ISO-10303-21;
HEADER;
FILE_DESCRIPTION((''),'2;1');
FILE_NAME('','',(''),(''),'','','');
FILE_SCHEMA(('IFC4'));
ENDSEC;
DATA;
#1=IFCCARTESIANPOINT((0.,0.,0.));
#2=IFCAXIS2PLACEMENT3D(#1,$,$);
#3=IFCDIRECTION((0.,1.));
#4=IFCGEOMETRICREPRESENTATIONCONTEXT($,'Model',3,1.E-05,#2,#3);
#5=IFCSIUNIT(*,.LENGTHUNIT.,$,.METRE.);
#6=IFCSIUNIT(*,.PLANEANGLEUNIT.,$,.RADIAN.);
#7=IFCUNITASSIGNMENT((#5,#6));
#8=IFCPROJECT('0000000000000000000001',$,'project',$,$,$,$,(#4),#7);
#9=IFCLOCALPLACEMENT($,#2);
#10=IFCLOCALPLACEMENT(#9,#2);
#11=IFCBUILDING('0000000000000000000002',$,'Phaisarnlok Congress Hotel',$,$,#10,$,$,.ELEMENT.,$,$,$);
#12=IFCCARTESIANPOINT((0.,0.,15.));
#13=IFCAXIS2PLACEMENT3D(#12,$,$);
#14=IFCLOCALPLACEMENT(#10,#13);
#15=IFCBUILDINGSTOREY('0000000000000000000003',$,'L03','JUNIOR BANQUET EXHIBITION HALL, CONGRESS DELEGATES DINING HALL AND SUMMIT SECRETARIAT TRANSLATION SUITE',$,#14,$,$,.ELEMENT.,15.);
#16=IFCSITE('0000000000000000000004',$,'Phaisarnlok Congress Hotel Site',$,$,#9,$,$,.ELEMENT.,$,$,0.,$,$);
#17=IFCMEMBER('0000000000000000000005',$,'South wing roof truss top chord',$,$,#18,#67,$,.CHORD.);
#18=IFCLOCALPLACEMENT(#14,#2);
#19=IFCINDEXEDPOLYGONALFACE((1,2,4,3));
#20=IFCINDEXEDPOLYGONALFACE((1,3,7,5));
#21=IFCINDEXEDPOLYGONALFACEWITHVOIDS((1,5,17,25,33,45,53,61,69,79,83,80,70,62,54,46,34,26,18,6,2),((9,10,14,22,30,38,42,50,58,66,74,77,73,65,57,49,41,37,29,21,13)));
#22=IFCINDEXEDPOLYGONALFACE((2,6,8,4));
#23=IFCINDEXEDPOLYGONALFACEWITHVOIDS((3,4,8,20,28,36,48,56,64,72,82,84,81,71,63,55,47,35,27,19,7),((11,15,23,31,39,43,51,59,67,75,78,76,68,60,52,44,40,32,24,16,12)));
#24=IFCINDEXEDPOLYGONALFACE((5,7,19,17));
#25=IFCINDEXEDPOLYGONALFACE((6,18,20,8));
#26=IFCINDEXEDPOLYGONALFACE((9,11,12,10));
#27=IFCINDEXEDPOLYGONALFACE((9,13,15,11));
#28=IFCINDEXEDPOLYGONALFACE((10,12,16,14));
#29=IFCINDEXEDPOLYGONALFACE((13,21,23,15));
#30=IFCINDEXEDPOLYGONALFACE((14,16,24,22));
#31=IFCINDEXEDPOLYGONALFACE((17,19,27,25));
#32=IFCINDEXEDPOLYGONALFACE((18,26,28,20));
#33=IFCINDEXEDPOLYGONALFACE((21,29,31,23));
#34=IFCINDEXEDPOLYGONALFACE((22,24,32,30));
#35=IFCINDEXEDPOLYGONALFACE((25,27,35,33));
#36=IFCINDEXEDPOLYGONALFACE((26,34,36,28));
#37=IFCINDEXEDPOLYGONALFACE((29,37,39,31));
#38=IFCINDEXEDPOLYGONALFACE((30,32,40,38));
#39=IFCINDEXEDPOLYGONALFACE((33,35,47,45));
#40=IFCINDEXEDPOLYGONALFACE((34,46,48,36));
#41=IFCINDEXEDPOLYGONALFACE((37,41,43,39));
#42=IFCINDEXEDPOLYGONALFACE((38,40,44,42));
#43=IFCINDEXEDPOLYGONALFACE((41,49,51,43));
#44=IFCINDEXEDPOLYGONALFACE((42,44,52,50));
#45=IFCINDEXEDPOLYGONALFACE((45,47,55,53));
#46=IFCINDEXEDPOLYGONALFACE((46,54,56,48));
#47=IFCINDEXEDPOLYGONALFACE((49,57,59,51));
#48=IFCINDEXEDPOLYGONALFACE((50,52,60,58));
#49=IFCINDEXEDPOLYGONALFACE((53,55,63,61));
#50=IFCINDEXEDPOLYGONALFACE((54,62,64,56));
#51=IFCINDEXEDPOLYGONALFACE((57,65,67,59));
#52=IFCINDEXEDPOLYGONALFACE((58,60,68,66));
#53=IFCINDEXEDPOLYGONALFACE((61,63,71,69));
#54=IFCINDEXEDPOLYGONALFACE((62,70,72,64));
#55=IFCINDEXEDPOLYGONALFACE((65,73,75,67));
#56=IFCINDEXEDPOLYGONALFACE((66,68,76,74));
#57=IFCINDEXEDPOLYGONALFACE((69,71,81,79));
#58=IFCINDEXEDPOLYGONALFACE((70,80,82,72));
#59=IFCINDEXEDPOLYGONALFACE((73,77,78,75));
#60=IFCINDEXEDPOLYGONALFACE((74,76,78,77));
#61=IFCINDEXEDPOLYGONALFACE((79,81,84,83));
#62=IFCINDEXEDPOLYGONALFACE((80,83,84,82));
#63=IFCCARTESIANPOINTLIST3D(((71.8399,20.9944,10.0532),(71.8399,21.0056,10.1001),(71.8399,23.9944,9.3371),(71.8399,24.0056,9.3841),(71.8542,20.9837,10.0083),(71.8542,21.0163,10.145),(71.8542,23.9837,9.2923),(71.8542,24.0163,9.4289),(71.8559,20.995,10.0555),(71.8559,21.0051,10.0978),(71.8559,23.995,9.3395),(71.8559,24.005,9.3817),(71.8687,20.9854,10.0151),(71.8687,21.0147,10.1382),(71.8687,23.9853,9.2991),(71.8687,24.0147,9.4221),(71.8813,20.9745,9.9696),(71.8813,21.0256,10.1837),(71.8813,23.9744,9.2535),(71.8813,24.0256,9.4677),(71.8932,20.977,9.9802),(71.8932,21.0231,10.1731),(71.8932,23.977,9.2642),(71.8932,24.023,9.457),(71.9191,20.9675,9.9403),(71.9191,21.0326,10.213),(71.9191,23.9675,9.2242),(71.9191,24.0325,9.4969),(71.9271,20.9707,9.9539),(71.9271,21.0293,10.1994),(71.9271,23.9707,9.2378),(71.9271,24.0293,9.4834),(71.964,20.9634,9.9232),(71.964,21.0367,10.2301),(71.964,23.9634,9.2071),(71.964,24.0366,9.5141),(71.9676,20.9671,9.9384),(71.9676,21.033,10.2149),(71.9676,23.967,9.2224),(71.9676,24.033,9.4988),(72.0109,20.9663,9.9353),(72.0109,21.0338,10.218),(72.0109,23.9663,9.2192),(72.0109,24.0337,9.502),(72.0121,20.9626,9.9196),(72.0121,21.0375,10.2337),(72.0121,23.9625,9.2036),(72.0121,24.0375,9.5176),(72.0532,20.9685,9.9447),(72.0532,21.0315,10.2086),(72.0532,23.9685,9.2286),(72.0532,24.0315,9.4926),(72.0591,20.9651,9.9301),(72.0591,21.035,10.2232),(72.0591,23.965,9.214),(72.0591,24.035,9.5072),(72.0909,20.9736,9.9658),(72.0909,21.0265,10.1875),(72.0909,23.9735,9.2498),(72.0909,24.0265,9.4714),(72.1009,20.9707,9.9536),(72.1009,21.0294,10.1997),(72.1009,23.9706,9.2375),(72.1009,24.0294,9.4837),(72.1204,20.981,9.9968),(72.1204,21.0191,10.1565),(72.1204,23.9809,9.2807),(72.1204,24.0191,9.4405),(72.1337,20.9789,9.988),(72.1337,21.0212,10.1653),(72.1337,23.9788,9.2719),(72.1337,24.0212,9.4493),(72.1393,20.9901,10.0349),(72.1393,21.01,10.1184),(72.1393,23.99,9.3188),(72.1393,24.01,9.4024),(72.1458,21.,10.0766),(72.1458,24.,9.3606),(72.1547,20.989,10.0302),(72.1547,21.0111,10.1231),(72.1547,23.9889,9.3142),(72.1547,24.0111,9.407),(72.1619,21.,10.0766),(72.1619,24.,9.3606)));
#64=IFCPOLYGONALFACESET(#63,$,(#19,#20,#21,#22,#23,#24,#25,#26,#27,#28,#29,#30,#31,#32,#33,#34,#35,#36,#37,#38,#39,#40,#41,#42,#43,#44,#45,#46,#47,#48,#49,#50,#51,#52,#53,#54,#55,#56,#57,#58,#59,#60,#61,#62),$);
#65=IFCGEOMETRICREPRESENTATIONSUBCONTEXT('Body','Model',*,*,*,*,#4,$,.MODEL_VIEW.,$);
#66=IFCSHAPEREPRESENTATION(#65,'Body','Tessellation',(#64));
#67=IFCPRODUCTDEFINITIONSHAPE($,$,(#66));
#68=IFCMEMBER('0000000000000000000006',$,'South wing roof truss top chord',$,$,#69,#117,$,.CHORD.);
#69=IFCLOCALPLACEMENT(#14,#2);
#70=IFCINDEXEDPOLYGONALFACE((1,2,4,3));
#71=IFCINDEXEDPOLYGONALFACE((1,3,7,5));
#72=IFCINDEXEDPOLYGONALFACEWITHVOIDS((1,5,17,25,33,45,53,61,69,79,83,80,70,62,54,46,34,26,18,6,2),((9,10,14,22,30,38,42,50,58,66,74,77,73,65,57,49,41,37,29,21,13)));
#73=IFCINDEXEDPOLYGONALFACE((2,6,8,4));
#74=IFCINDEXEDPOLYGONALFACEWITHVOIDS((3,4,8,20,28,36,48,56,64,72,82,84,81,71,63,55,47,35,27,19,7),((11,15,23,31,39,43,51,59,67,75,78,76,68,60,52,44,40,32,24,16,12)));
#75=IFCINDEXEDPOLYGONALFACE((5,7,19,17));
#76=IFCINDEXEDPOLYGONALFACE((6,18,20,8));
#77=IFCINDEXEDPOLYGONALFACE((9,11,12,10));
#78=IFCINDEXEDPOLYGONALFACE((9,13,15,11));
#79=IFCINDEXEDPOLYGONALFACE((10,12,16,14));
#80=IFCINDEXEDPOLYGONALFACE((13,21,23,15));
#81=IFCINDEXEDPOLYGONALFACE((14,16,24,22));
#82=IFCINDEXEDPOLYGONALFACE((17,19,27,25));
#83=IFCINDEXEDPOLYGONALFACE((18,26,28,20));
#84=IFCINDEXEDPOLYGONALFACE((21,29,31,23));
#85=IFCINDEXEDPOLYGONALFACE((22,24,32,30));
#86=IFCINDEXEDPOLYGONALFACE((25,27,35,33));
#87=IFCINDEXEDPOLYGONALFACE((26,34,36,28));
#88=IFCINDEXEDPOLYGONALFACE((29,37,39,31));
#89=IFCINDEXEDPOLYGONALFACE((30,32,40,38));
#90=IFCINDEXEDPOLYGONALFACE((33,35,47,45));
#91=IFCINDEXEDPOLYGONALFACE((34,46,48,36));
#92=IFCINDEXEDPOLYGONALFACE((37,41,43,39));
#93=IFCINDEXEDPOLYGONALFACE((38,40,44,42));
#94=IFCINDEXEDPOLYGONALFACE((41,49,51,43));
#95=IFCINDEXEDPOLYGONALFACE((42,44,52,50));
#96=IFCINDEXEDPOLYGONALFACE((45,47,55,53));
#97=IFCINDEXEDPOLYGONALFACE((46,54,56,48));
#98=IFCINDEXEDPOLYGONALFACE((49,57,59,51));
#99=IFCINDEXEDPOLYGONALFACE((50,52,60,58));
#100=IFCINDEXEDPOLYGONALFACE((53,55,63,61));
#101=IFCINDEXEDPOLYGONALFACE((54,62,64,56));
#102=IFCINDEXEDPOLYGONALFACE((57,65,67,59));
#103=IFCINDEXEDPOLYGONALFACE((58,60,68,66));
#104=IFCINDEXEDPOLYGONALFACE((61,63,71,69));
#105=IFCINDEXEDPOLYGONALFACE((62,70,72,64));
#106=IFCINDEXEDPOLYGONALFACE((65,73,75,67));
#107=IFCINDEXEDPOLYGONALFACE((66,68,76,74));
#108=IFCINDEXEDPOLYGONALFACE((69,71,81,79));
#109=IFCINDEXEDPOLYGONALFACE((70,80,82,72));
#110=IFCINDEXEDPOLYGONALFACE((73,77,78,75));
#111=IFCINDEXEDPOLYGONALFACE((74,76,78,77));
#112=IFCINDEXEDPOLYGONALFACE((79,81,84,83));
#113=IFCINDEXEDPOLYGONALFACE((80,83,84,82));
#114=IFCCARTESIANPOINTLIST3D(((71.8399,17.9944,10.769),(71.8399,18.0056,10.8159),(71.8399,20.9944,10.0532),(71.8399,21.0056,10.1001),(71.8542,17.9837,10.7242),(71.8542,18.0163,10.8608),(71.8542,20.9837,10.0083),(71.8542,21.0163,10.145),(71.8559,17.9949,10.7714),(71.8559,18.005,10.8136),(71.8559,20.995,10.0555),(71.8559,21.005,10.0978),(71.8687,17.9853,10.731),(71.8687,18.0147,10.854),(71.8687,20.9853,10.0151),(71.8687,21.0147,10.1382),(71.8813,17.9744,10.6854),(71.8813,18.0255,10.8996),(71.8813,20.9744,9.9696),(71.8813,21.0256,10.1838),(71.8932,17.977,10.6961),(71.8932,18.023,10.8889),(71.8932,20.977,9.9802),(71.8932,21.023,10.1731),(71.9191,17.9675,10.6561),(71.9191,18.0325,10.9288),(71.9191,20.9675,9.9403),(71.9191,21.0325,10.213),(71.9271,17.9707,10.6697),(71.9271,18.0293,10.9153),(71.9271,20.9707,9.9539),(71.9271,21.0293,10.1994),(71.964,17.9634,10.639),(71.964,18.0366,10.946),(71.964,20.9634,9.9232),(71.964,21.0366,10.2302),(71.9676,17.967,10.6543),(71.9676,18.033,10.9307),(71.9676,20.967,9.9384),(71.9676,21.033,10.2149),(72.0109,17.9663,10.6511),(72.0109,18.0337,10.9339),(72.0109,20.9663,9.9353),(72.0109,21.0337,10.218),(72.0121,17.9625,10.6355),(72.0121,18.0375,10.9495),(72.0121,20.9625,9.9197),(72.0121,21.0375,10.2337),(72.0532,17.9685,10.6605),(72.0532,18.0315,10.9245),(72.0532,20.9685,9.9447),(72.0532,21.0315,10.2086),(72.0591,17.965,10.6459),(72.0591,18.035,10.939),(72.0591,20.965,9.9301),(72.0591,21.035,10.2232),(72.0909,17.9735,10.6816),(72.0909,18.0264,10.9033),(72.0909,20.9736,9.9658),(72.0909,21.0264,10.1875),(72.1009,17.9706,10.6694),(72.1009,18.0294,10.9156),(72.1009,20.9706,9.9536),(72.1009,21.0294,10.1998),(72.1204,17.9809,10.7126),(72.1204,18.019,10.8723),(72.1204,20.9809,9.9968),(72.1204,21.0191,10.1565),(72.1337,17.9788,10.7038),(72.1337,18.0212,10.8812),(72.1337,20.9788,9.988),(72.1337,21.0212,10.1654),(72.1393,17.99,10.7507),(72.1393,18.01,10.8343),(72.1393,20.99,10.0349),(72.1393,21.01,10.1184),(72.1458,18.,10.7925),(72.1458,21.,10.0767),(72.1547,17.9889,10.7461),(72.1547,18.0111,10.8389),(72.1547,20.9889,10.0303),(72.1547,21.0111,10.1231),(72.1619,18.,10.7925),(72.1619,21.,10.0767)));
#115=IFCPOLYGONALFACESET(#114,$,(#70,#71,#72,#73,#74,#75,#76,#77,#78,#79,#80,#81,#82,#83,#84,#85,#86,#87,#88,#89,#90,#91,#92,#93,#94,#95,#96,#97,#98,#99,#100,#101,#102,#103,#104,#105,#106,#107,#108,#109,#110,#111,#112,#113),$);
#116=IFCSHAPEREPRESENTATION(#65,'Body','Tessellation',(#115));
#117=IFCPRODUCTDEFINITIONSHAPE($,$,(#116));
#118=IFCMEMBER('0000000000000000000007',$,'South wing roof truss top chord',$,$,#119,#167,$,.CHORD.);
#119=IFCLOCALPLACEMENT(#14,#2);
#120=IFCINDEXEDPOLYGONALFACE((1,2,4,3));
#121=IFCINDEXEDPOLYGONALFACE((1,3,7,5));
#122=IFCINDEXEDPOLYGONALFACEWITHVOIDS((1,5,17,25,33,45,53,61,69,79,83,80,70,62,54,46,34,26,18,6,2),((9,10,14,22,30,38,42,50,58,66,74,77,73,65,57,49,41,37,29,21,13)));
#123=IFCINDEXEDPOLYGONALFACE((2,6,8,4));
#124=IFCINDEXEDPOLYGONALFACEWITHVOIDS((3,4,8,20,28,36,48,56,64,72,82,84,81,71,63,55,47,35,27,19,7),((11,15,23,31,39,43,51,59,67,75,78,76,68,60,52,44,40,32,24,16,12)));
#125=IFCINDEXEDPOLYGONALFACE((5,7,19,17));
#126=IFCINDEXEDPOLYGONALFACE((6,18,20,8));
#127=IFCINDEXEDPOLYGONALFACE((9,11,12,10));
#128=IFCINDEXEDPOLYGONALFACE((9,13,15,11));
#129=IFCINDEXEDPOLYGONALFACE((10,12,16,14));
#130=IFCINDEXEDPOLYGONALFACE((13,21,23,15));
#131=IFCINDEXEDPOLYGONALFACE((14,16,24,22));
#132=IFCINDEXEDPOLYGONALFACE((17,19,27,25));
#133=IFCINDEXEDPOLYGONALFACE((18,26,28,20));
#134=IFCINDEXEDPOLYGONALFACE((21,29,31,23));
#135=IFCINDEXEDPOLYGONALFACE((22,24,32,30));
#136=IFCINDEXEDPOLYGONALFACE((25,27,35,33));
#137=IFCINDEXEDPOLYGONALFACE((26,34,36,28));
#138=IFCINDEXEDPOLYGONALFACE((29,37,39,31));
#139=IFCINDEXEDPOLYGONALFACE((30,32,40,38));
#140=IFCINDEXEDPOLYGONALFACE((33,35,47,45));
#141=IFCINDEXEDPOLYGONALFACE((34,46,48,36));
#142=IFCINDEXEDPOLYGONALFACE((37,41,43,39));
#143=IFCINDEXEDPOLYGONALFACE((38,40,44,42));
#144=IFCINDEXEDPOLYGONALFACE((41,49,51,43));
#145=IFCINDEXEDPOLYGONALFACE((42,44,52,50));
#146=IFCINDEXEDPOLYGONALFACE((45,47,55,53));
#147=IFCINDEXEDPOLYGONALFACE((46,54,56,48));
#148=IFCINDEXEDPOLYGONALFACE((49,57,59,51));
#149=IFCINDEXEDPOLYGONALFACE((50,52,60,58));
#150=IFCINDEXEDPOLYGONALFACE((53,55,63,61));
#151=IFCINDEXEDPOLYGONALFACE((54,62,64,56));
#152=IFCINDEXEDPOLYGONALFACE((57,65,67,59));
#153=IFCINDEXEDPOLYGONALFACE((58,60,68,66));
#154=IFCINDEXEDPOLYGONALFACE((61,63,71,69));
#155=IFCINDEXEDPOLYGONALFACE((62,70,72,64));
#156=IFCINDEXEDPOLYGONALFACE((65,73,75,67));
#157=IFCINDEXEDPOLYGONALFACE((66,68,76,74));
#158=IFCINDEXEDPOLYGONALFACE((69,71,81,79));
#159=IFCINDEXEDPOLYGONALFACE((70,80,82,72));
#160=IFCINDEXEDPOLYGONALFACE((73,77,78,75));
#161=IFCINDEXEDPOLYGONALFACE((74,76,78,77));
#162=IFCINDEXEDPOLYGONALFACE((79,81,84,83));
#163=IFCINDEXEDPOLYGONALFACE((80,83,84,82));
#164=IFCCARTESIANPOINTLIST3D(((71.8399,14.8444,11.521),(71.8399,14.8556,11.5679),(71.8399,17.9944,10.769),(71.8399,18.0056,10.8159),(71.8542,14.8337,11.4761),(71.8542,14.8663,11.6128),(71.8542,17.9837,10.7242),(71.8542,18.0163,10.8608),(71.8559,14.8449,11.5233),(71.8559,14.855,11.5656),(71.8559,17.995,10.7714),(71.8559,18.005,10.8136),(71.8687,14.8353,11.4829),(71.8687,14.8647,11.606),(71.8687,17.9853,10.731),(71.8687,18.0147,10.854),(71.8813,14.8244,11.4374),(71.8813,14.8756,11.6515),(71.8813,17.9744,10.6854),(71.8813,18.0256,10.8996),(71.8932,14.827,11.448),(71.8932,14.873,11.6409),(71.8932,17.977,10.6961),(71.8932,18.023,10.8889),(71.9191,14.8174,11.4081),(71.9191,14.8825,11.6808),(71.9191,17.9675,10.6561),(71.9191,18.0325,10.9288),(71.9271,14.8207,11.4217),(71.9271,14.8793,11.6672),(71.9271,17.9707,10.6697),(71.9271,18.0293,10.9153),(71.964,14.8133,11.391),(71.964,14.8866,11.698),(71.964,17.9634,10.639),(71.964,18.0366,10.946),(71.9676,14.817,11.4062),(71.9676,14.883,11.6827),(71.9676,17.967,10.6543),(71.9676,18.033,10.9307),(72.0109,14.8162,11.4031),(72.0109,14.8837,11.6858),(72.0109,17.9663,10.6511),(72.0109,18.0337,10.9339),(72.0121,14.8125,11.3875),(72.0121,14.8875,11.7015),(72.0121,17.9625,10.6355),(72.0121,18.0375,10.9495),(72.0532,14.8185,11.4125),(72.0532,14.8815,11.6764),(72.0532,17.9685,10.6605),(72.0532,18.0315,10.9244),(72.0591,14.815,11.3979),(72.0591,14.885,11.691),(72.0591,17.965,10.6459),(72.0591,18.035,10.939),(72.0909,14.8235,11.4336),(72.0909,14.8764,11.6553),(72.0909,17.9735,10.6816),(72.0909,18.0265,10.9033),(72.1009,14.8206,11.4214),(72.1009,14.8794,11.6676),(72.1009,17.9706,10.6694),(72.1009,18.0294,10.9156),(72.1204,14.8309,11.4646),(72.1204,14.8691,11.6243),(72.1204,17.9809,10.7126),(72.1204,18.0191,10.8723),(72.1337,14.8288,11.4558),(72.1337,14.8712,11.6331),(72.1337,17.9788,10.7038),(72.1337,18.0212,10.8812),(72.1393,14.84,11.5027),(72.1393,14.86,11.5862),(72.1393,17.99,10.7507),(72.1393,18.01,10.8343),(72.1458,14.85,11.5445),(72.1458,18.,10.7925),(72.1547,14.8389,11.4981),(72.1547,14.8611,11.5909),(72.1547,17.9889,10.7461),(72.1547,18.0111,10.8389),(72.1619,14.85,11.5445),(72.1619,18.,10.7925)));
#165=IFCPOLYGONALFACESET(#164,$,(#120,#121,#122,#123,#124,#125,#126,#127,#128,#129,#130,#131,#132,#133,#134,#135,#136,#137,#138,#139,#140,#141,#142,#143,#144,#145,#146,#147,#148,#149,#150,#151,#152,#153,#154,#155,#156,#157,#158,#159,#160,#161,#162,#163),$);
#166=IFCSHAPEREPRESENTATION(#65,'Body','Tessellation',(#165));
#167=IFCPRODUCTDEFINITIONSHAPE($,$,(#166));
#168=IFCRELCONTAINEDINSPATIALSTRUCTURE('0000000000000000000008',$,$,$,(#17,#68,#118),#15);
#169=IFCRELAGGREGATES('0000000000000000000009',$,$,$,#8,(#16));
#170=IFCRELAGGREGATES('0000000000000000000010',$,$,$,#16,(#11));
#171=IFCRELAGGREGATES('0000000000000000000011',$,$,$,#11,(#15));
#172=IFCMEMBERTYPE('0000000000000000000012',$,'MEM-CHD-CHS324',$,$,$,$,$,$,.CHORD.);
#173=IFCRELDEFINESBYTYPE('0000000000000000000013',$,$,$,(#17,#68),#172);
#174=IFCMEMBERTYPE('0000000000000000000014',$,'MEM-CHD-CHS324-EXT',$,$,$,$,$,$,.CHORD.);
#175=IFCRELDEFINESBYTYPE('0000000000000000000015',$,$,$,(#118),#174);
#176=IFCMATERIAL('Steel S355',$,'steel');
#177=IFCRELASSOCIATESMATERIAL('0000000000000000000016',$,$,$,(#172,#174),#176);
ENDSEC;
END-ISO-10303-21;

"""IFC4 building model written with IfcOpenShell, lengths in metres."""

from ifc_helpers import new_model, si_unit, direction, frame, origin, origin_2d, place, context, subcontext, project, spatial, hollow_circle, extrude, material, material_profile, profile_set, type_object, element, save


model = new_model("IFC4")

# Units and contexts
model_context = context("Model", 3, precision=1e-05, world=origin(), true_north=direction((0.0, 1.0)))
body_context = subcontext(model_context, "Body", "Model", "MODEL_VIEW")
ifc_project = project(units=[si_unit("LENGTHUNIT", "METRE"), si_unit("PLANEANGLEUNIT", "RADIAN")], contexts=[model_context])

# Site, building, storey
site_placement = place(None, origin())
site = spatial("IfcSite", under=ifc_project, at=site_placement, Name="Phaisarnlok Congress Hotel Site", CompositionType="ELEMENT", RefElevation=0.0)
building_placement = place(site_placement, origin())
building = spatial("IfcBuilding", under=site, at=building_placement, Name="Phaisarnlok Congress Hotel", CompositionType="ELEMENT")
storey_placement = place(building_placement, frame((0.0, 0.0, 15.0)))
storey = spatial("IfcBuildingStorey", under=building, at=storey_placement, Name="L03", Description="JUNIOR BANQUET EXHIBITION HALL, CONGRESS DELEGATES DINING HALL AND SUMMIT SECRETARIAT TRANSLATION SUITE", CompositionType="ELEMENT", Elevation=15.0)

# Shared definitions
ifc_material_1 = material(Name="Steel S355", Category="steel")

# Members
ifc_material_profile_1 = material_profile(ifc_material_1, hollow_circle(Radius=0.1619, WallThickness=0.0161, at=origin_2d()), Name="CHS 323.9x16")
ifc_profile_set_1 = profile_set([ifc_material_profile_1], Name="Steel S355")
member_type_1 = type_object("IfcMemberType", Name="MEM-CHD-CHS324", PredefinedType="CHORD", material=ifc_profile_set_1)
for number, where, z_axis, x_axis, name in (
    (1, (72.0, 24.0, 9.3606), (0.0, -0.972676, 0.232166), (1.0, 0.0, 0.0), "South wing roof truss top chord"),
    (2, (72.0, 21.0, 10.0767), (0.0, -0.972694, 0.232091), (1.0, 0.0, 0.0), "South wing roof truss top chord"),
):
    element("IfcMember", number, at=place(storey_placement, frame(where, z_axis=z_axis, x_axis=x_axis)), inside=storey, type_object=member_type_1, Name=name, PredefinedType="CHORD", context=body_context, shape_type="SweptSolid", body=[
        extrude(hollow_circle(Radius=0.1619, WallThickness=0.0161, at=origin_2d()), origin(), (0.0, 0.0, 1.0), 3.0842),
    ])
ifc_material_profile_2 = material_profile(ifc_material_1, hollow_circle(Radius=0.1619, WallThickness=0.0161, at=origin_2d()), Name="CHS 323.9x16")
ifc_profile_set_2 = profile_set([ifc_material_profile_2], Name="Steel S355")
member_type_2 = type_object("IfcMemberType", Name="MEM-CHD-CHS324-EXT", PredefinedType="CHORD", material=ifc_profile_set_2)
member_1_placement = place(storey_placement, frame((72.0, 18.0, 10.7925), z_axis=(0.0, -0.972669, 0.232198), x_axis=(1.0, 0.0, 0.0)))
element("IfcMember", 3, at=member_1_placement, inside=storey, type_object=member_type_2, Name="South wing roof truss top chord", PredefinedType="CHORD", context=body_context, shape_type="SweptSolid", body=[
    extrude(hollow_circle(Radius=0.1619, WallThickness=0.0161, at=origin_2d()), origin(), (0.0, 0.0, 1.0), 3.2385),
])

save(model, "model.ifc")
